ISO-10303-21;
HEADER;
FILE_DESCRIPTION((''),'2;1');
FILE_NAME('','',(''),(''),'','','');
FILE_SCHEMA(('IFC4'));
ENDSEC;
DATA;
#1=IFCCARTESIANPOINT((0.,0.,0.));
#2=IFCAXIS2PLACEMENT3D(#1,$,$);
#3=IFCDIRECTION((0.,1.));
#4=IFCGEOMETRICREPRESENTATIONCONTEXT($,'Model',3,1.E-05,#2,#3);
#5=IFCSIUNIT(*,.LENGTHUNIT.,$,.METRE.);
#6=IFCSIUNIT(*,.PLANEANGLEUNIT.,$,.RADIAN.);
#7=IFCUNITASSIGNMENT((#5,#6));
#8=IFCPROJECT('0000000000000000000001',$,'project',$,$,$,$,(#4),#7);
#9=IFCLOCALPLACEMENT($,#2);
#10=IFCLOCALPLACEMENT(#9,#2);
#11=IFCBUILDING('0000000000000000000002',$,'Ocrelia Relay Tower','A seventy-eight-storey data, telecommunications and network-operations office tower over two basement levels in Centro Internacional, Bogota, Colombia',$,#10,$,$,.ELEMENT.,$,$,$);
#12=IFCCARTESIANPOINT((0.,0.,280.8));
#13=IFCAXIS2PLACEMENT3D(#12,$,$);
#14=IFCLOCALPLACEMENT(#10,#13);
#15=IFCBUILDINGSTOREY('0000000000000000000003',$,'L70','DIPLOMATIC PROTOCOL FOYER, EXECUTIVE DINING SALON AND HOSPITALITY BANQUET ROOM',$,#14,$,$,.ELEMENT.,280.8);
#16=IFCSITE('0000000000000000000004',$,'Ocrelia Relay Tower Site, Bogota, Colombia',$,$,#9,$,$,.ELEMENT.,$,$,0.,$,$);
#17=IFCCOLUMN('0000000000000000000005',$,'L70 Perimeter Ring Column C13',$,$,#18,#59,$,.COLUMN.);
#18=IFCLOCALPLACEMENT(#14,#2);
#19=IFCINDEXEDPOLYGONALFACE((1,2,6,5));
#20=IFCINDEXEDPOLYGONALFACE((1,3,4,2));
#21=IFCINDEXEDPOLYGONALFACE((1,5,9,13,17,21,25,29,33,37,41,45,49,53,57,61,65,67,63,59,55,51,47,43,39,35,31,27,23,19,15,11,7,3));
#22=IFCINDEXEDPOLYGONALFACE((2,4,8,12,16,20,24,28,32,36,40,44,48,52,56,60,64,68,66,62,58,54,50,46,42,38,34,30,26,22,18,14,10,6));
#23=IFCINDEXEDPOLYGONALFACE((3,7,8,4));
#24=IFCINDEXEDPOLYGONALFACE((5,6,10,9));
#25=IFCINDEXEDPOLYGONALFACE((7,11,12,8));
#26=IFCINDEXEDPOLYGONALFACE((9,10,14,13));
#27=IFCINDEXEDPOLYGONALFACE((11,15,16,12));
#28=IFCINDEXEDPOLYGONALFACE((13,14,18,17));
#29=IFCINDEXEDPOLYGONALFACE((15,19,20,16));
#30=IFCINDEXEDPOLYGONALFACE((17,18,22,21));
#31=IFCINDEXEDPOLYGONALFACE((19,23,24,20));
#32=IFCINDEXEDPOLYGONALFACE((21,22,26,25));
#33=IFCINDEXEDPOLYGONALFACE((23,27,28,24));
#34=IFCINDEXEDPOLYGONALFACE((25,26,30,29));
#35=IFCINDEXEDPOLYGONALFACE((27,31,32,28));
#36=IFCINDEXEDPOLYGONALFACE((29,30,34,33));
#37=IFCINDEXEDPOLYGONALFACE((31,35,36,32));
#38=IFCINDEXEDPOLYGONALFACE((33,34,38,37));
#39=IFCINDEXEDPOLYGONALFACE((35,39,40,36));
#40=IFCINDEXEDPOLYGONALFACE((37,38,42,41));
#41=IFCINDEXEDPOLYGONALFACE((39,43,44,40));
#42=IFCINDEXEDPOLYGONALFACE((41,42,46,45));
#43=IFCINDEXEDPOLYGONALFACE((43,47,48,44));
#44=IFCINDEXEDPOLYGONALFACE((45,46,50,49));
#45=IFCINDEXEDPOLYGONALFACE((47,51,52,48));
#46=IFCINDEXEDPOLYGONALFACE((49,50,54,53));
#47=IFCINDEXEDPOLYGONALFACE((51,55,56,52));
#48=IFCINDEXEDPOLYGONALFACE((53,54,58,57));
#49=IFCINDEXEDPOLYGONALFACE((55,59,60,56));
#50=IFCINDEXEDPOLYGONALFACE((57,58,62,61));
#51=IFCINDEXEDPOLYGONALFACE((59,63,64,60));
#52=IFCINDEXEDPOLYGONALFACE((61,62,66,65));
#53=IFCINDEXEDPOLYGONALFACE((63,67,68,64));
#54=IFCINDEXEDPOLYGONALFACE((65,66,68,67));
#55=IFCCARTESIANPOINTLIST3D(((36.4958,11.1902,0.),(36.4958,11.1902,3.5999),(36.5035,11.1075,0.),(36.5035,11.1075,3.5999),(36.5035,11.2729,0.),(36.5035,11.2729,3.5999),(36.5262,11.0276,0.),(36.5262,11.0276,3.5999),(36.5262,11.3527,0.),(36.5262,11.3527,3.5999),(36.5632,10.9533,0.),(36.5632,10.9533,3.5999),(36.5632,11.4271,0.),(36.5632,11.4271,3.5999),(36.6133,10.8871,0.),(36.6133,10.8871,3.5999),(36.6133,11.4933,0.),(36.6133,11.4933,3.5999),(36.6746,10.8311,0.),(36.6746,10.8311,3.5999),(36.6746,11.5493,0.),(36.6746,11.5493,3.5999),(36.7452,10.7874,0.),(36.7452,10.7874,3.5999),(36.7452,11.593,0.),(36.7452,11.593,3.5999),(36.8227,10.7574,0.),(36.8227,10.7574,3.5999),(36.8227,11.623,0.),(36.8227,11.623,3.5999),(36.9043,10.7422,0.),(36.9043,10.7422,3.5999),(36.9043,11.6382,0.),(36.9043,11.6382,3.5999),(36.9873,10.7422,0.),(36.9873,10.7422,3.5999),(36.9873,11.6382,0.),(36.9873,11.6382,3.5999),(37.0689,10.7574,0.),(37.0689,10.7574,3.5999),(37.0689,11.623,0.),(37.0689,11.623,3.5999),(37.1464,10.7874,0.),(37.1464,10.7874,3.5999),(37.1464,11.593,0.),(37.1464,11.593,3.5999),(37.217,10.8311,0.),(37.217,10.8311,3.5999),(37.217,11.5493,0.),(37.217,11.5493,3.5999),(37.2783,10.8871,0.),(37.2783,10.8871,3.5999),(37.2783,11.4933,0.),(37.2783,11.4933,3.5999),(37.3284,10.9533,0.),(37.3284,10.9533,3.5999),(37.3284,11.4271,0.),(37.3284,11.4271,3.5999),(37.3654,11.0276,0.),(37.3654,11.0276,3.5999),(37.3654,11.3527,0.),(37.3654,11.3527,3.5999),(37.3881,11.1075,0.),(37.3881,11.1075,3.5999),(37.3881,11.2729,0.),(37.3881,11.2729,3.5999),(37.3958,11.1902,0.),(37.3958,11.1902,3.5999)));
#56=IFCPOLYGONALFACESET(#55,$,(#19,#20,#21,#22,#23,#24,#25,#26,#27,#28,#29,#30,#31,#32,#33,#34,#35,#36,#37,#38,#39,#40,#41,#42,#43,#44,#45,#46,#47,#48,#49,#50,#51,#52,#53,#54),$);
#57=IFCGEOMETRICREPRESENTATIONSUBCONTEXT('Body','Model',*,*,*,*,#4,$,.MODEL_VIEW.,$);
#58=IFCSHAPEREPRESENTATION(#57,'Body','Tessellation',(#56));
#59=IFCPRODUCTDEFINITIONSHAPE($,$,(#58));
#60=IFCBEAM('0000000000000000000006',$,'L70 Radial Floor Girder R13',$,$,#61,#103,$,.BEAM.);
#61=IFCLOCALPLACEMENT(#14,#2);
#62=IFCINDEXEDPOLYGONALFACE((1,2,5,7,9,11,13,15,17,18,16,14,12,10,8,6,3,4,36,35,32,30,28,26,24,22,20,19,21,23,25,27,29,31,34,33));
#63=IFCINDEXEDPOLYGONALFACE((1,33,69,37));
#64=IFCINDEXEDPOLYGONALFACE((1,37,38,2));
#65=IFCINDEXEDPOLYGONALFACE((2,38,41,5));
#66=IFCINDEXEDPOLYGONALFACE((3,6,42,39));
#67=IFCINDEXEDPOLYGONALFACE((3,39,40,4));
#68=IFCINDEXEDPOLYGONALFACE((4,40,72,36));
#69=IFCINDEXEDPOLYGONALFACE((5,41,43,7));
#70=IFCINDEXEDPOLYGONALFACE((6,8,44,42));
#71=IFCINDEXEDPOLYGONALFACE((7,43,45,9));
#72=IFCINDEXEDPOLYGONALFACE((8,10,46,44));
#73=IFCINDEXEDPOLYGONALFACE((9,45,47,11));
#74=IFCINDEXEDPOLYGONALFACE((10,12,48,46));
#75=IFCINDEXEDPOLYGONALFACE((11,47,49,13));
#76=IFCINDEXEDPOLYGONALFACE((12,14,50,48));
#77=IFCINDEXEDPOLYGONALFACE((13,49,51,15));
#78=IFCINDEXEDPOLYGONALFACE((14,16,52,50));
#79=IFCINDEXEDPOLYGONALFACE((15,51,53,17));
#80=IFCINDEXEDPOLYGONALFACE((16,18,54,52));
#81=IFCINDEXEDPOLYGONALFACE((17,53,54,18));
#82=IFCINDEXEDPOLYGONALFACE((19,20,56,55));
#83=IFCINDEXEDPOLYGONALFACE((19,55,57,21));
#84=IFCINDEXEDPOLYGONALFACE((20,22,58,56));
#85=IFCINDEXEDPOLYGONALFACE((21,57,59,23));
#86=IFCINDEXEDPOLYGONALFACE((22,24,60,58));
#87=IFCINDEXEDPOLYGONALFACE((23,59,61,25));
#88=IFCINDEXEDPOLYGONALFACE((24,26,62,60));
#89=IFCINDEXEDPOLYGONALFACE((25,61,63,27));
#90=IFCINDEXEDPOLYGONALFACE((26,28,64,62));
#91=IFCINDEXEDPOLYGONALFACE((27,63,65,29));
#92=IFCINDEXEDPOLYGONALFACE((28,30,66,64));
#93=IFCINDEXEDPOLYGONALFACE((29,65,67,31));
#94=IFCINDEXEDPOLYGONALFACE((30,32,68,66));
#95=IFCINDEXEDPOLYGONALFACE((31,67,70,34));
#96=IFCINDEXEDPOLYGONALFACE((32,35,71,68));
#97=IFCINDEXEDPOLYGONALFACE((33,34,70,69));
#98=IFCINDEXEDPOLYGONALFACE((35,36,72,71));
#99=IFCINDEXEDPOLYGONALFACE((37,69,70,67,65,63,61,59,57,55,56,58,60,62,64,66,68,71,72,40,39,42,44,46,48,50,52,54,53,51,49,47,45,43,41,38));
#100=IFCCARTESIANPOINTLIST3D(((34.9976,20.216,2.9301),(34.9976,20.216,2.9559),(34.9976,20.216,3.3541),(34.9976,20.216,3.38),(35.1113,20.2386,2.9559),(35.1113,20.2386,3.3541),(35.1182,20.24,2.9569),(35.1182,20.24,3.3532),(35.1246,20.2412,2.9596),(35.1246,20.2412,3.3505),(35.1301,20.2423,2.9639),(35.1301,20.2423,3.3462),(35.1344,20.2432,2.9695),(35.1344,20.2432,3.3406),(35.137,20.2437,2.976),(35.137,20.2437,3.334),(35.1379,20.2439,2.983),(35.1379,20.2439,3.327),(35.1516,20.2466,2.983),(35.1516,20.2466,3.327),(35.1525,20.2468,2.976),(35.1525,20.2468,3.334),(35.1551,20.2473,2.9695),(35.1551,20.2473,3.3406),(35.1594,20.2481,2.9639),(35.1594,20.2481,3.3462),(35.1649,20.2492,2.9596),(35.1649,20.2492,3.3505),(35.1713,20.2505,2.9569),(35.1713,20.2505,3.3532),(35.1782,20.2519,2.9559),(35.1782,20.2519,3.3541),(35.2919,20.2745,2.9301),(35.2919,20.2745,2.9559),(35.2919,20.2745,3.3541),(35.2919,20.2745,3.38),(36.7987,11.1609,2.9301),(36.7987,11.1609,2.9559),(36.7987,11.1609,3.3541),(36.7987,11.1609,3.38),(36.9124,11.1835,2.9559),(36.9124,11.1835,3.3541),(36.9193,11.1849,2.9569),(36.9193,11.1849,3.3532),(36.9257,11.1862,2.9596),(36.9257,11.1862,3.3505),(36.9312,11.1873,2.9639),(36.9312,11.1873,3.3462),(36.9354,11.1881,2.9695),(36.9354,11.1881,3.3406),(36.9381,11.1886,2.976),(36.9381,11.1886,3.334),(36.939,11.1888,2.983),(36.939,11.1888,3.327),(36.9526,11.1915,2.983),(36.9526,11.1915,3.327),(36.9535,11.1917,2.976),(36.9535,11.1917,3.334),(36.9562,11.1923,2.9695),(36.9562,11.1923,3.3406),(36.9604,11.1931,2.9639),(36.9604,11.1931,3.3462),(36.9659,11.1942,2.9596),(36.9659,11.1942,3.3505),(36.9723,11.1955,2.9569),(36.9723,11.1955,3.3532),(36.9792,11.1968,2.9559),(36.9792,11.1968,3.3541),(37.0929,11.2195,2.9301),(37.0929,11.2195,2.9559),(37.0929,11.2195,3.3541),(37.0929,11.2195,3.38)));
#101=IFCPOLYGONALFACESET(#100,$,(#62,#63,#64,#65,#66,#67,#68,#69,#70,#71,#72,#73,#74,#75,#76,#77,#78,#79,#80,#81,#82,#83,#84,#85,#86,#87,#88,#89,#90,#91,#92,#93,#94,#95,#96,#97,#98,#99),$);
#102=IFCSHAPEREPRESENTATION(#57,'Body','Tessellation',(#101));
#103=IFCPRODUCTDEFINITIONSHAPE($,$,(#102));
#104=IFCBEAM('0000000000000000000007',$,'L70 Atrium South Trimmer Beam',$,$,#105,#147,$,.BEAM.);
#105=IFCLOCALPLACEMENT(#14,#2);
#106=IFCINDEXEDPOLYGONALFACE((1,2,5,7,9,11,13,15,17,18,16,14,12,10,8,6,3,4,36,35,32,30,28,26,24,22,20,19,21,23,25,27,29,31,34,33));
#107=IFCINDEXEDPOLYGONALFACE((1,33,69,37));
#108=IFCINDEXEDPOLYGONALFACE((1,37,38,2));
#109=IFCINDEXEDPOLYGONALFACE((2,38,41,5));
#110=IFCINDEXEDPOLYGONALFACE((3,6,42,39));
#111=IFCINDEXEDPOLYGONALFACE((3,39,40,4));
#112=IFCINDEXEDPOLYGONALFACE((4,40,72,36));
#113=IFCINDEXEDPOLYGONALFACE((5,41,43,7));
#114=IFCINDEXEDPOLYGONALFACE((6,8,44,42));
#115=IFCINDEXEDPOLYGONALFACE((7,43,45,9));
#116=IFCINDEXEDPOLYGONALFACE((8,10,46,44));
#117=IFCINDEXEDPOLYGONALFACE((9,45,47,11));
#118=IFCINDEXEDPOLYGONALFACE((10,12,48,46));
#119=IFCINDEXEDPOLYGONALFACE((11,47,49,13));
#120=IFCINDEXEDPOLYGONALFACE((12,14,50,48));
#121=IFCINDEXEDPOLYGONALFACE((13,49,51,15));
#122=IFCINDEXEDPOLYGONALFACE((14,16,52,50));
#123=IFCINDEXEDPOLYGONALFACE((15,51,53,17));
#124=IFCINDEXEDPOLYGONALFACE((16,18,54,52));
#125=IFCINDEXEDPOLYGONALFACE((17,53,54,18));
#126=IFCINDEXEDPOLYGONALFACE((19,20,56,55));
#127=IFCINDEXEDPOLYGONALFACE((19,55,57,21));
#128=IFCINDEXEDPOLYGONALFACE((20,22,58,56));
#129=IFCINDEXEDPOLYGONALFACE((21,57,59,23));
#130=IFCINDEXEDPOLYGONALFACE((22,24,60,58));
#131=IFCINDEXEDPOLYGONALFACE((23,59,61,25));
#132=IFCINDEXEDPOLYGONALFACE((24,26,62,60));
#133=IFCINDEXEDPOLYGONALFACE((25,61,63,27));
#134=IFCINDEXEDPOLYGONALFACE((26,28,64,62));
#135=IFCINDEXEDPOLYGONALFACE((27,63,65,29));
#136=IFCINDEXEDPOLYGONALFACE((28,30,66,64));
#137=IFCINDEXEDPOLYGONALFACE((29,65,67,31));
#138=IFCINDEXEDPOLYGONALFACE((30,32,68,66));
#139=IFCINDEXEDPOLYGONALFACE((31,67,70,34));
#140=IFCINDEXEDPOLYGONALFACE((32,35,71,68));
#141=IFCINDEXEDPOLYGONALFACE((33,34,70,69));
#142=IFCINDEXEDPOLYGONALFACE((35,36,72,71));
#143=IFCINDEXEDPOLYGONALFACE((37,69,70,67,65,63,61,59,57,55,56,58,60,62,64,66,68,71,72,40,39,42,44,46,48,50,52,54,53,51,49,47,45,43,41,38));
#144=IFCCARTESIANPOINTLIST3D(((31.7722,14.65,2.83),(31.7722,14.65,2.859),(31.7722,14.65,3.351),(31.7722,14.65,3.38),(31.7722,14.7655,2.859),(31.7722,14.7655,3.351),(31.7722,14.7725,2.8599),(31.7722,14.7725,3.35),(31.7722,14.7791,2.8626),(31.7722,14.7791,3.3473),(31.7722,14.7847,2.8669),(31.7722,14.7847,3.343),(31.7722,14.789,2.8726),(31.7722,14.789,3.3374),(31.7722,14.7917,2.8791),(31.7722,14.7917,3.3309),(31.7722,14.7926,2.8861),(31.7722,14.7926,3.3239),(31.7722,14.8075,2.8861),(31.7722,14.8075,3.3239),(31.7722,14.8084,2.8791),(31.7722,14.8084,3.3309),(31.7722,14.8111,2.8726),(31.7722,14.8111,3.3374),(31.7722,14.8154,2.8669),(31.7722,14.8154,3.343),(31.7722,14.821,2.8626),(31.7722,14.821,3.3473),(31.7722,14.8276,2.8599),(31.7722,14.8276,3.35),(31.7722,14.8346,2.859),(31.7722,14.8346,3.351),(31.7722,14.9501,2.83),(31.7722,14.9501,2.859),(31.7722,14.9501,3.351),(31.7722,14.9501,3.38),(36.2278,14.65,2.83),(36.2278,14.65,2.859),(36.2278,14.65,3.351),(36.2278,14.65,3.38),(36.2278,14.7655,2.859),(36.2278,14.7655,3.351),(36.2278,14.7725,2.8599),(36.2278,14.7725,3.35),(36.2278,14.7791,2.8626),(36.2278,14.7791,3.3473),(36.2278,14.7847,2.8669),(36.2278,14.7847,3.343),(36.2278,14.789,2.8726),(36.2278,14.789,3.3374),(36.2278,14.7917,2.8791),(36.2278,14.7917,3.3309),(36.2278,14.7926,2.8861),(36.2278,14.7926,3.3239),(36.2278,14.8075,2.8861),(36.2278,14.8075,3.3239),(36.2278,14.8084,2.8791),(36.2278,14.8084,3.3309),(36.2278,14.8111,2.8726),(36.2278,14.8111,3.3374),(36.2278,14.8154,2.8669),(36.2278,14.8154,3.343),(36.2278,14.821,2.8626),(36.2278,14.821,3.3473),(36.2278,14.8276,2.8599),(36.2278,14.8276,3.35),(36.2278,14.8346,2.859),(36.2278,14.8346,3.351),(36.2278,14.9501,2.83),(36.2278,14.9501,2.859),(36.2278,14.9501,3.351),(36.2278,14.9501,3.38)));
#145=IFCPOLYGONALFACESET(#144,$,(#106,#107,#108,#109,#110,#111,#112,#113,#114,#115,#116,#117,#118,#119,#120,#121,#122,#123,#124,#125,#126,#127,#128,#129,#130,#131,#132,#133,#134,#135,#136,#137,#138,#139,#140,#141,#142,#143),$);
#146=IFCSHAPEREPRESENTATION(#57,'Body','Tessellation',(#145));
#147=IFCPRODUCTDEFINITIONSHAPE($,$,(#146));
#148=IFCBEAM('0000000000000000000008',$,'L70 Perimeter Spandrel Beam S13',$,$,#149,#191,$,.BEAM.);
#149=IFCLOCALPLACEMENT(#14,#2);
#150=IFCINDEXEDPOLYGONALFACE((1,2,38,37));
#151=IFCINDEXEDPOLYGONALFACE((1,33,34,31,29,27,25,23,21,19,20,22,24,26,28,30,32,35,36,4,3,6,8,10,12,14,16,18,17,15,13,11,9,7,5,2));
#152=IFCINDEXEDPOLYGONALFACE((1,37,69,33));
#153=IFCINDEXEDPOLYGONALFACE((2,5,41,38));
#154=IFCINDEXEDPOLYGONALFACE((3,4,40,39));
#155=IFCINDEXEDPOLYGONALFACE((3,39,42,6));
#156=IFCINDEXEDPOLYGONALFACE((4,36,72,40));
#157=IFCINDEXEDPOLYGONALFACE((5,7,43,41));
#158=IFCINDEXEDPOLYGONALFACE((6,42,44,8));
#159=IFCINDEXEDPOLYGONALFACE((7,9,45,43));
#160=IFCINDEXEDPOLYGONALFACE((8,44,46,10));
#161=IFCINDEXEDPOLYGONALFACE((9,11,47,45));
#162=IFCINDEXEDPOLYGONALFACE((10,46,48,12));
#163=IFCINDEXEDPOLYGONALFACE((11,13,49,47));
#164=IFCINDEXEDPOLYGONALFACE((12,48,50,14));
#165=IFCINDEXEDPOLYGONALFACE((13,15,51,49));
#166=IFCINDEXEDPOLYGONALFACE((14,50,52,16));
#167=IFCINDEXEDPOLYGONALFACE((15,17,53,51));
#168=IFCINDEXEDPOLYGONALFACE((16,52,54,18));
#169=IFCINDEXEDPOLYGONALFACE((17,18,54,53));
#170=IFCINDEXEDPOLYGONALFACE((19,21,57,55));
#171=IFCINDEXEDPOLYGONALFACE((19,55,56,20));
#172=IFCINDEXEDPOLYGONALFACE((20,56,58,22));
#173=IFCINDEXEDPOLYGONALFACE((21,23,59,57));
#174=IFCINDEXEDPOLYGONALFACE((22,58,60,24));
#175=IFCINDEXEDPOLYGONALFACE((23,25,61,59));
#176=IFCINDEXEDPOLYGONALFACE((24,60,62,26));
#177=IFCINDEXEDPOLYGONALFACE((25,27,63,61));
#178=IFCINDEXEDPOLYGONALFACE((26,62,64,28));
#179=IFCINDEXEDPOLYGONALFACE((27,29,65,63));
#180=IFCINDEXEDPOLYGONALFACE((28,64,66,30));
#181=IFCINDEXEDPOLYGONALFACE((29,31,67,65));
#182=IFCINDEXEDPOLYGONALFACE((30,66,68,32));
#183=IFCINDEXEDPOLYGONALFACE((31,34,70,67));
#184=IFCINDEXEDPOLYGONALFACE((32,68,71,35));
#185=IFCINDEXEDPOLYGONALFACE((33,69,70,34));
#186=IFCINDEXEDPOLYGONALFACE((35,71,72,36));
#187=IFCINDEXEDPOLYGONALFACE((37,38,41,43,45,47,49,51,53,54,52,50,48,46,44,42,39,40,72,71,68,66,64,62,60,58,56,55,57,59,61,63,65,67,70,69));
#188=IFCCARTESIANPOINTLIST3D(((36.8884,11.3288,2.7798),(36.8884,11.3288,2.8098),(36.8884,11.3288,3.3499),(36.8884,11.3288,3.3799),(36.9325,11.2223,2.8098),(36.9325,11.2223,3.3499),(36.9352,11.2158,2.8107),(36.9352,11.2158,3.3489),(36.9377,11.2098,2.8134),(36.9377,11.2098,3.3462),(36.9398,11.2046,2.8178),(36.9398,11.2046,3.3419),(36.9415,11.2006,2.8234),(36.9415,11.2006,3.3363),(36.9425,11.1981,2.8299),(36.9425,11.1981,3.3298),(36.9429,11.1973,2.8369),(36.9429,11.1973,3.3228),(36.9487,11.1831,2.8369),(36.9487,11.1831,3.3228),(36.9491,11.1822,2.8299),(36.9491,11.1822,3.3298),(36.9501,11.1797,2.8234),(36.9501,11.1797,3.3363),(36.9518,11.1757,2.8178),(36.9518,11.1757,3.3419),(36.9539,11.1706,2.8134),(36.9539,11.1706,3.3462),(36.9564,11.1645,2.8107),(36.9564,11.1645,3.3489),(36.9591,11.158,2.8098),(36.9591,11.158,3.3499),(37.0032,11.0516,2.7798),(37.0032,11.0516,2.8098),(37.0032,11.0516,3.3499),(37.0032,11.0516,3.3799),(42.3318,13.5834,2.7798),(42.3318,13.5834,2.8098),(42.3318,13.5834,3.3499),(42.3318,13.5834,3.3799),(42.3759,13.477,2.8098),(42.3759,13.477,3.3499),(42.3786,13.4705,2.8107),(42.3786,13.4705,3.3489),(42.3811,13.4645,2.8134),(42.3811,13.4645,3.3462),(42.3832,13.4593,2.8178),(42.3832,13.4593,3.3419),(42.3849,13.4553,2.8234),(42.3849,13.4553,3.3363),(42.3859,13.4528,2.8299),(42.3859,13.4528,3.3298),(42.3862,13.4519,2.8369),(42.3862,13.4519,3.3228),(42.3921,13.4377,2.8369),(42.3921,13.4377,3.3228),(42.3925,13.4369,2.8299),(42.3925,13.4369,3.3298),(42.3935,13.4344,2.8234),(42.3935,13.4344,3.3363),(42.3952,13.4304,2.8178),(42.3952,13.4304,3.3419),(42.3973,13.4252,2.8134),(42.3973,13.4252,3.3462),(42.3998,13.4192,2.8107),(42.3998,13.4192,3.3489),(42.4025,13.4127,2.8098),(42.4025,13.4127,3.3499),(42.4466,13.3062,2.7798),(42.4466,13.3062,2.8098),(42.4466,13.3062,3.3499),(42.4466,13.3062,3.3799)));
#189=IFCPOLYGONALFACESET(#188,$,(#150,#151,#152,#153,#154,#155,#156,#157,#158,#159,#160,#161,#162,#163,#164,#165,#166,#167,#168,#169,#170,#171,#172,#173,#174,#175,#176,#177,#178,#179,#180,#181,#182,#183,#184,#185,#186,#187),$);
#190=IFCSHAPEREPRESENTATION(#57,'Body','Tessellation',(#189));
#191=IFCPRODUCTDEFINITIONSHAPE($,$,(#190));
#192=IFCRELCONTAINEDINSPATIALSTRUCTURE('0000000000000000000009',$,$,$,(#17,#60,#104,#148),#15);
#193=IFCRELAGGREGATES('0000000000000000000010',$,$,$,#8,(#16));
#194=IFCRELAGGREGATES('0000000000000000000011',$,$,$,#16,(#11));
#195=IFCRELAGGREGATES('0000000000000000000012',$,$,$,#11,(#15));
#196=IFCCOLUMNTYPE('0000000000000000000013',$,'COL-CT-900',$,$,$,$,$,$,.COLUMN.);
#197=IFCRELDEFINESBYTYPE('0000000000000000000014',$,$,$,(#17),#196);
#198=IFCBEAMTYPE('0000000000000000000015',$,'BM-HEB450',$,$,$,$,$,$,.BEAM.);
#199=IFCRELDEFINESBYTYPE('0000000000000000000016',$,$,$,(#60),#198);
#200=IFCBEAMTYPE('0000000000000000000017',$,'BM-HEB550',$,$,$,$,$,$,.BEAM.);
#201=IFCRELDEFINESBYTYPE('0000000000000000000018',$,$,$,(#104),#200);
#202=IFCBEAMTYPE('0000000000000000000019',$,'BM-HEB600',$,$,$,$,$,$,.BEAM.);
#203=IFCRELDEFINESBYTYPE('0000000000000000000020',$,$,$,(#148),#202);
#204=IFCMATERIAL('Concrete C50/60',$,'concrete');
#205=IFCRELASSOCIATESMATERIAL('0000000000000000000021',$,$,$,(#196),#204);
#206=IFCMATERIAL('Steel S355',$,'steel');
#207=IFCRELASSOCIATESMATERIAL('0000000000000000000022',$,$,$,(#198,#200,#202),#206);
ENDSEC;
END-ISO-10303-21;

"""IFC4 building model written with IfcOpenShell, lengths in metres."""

from ifc_helpers import new_model, si_unit, direction, frame, origin, origin_2d, place, context, subcontext, project, spatial, circle, i_section, extrude, material, material_profile, profile_set, type_object, element, save


model = new_model("IFC4")

# Units and contexts
model_context = context("Model", 3, precision=1e-05, world=origin(), true_north=direction((0.0, 1.0)))
body_context = subcontext(model_context, "Body", "Model", "MODEL_VIEW")
ifc_project = project(units=[si_unit("LENGTHUNIT", "METRE"), si_unit("PLANEANGLEUNIT", "RADIAN")], contexts=[model_context])

# Site, building, storey
site_placement = place(None, origin())
site = spatial("IfcSite", under=ifc_project, at=site_placement, Name="Ocrelia Relay Tower Site, Bogota, Colombia", CompositionType="ELEMENT", RefElevation=0.0)
building_placement = place(site_placement, origin())
building = spatial("IfcBuilding", under=site, at=building_placement, Name="Ocrelia Relay Tower", Description="A seventy-eight-storey data, telecommunications and network-operations office tower over two basement levels in Centro Internacional, Bogota, Colombia", CompositionType="ELEMENT")
storey_placement = place(building_placement, frame((0.0, 0.0, 280.8)))
storey = spatial("IfcBuildingStorey", under=building, at=storey_placement, Name="L70", Description="DIPLOMATIC PROTOCOL FOYER, EXECUTIVE DINING SALON AND HOSPITALITY BANQUET ROOM", CompositionType="ELEMENT", Elevation=280.8)

# Column
ifc_material_1 = material(Name="Concrete C50/60", Category="concrete")
ifc_material_profile_1 = material_profile(ifc_material_1, circle(Radius=0.45, at=origin_2d()), Name="RC-CIR-900")
ifc_profile_set_1 = profile_set([ifc_material_profile_1], Name="Concrete C50/60")
column_type = type_object("IfcColumnType", Name="COL-CT-900", PredefinedType="COLUMN", material=ifc_profile_set_1)
column_placement = place(storey_placement, frame((36.9458, 11.1902, 0.0), z_axis=(0.0, 0.0, 1.0), x_axis=(1.0, 0.0, 0.0)))
element("IfcColumn", 1, at=column_placement, inside=storey, type_object=column_type, Name="L70 Perimeter Ring Column C13", PredefinedType="COLUMN", context=body_context, shape_type="SweptSolid", body=[
    extrude(circle(Radius=0.45, at=origin_2d()), origin(), (0.0, 0.0, 1.0), 3.5999),
])

# Beams
ifc_material_2 = material(Name="Steel S355", Category="steel")
ifc_material_profile_2 = material_profile(ifc_material_2, i_section(OverallWidth=0.3, OverallDepth=0.45, WebThickness=0.0139, FlangeThickness=0.0259, FilletRadius=0.0271, at=origin_2d()), Name="HEB 450")
ifc_profile_set_2 = profile_set([ifc_material_profile_2], Name="Steel S355")
beam_type_1 = type_object("IfcBeamType", Name="BM-HEB450", PredefinedType="BEAM", material=ifc_profile_set_2)
beam_1_placement = place(storey_placement, frame((36.9458, 11.1902, 3.155), z_axis=(-0.195079, 0.980788, 0.0), x_axis=(-0.980788, -0.195079, 0.0)))
element("IfcBeam", 2, at=beam_1_placement, inside=storey, type_object=beam_type_1, Name="L70 Radial Floor Girder R13", PredefinedType="BEAM", context=body_context, shape_type="SweptSolid", body=[
    extrude(i_section(OverallWidth=0.3, OverallDepth=0.45, WebThickness=0.0139, FlangeThickness=0.0259, FilletRadius=0.0271, at=origin_2d()), origin(), (0.0, 0.0, 1.0), 9.2324),
])
ifc_material_profile_3 = material_profile(ifc_material_2, i_section(OverallWidth=0.3, OverallDepth=0.55, WebThickness=0.0149, FlangeThickness=0.0291, FilletRadius=0.0271, at=origin_2d()), Name="HEB 550")
ifc_profile_set_3 = profile_set([ifc_material_profile_3], Name="Steel S355")
beam_type_2 = type_object("IfcBeamType", Name="BM-HEB550", PredefinedType="BEAM", material=ifc_profile_set_3)
beam_2_placement = place(storey_placement, frame((31.7722, 14.8, 3.105), z_axis=(1.0, 0.0, 0.0), x_axis=(0.0, 1.0, 0.0)))
element("IfcBeam", 3, at=beam_2_placement, inside=storey, type_object=beam_type_2, Name="L70 Atrium South Trimmer Beam", PredefinedType="BEAM", context=body_context, shape_type="SweptSolid", body=[
    extrude(i_section(OverallWidth=0.3, OverallDepth=0.55, WebThickness=0.0149, FlangeThickness=0.0291, FilletRadius=0.0271, at=origin_2d()), origin(), (0.0, 0.0, 1.0), 4.4556),
])
ifc_material_profile_4 = material_profile(ifc_material_2, i_section(OverallWidth=0.3, OverallDepth=0.6001, WebThickness=0.0154, FlangeThickness=0.03, FilletRadius=0.0271, at=origin_2d()), Name="HEB 600")
ifc_profile_set_4 = profile_set([ifc_material_profile_4], Name="Steel S355")
beam_type_3 = type_object("IfcBeamType", Name="BM-HEB600", PredefinedType="BEAM", material=ifc_profile_set_4)
beam_3_placement = place(storey_placement, frame((36.9458, 11.1902, 3.0798), z_axis=(0.923884, 0.382673, 0.0), x_axis=(-0.382673, 0.923884, 0.0)))
element("IfcBeam", 4, at=beam_3_placement, inside=storey, type_object=beam_type_3, Name="L70 Perimeter Spandrel Beam S13", PredefinedType="BEAM", context=body_context, shape_type="SweptSolid", body=[
    extrude(i_section(OverallWidth=0.3, OverallDepth=0.6001, WebThickness=0.0154, FlangeThickness=0.03, FilletRadius=0.0271, at=origin_2d()), origin(), (0.0, 0.0, 1.0), 5.8918),
])

save(model, "model.ifc")
